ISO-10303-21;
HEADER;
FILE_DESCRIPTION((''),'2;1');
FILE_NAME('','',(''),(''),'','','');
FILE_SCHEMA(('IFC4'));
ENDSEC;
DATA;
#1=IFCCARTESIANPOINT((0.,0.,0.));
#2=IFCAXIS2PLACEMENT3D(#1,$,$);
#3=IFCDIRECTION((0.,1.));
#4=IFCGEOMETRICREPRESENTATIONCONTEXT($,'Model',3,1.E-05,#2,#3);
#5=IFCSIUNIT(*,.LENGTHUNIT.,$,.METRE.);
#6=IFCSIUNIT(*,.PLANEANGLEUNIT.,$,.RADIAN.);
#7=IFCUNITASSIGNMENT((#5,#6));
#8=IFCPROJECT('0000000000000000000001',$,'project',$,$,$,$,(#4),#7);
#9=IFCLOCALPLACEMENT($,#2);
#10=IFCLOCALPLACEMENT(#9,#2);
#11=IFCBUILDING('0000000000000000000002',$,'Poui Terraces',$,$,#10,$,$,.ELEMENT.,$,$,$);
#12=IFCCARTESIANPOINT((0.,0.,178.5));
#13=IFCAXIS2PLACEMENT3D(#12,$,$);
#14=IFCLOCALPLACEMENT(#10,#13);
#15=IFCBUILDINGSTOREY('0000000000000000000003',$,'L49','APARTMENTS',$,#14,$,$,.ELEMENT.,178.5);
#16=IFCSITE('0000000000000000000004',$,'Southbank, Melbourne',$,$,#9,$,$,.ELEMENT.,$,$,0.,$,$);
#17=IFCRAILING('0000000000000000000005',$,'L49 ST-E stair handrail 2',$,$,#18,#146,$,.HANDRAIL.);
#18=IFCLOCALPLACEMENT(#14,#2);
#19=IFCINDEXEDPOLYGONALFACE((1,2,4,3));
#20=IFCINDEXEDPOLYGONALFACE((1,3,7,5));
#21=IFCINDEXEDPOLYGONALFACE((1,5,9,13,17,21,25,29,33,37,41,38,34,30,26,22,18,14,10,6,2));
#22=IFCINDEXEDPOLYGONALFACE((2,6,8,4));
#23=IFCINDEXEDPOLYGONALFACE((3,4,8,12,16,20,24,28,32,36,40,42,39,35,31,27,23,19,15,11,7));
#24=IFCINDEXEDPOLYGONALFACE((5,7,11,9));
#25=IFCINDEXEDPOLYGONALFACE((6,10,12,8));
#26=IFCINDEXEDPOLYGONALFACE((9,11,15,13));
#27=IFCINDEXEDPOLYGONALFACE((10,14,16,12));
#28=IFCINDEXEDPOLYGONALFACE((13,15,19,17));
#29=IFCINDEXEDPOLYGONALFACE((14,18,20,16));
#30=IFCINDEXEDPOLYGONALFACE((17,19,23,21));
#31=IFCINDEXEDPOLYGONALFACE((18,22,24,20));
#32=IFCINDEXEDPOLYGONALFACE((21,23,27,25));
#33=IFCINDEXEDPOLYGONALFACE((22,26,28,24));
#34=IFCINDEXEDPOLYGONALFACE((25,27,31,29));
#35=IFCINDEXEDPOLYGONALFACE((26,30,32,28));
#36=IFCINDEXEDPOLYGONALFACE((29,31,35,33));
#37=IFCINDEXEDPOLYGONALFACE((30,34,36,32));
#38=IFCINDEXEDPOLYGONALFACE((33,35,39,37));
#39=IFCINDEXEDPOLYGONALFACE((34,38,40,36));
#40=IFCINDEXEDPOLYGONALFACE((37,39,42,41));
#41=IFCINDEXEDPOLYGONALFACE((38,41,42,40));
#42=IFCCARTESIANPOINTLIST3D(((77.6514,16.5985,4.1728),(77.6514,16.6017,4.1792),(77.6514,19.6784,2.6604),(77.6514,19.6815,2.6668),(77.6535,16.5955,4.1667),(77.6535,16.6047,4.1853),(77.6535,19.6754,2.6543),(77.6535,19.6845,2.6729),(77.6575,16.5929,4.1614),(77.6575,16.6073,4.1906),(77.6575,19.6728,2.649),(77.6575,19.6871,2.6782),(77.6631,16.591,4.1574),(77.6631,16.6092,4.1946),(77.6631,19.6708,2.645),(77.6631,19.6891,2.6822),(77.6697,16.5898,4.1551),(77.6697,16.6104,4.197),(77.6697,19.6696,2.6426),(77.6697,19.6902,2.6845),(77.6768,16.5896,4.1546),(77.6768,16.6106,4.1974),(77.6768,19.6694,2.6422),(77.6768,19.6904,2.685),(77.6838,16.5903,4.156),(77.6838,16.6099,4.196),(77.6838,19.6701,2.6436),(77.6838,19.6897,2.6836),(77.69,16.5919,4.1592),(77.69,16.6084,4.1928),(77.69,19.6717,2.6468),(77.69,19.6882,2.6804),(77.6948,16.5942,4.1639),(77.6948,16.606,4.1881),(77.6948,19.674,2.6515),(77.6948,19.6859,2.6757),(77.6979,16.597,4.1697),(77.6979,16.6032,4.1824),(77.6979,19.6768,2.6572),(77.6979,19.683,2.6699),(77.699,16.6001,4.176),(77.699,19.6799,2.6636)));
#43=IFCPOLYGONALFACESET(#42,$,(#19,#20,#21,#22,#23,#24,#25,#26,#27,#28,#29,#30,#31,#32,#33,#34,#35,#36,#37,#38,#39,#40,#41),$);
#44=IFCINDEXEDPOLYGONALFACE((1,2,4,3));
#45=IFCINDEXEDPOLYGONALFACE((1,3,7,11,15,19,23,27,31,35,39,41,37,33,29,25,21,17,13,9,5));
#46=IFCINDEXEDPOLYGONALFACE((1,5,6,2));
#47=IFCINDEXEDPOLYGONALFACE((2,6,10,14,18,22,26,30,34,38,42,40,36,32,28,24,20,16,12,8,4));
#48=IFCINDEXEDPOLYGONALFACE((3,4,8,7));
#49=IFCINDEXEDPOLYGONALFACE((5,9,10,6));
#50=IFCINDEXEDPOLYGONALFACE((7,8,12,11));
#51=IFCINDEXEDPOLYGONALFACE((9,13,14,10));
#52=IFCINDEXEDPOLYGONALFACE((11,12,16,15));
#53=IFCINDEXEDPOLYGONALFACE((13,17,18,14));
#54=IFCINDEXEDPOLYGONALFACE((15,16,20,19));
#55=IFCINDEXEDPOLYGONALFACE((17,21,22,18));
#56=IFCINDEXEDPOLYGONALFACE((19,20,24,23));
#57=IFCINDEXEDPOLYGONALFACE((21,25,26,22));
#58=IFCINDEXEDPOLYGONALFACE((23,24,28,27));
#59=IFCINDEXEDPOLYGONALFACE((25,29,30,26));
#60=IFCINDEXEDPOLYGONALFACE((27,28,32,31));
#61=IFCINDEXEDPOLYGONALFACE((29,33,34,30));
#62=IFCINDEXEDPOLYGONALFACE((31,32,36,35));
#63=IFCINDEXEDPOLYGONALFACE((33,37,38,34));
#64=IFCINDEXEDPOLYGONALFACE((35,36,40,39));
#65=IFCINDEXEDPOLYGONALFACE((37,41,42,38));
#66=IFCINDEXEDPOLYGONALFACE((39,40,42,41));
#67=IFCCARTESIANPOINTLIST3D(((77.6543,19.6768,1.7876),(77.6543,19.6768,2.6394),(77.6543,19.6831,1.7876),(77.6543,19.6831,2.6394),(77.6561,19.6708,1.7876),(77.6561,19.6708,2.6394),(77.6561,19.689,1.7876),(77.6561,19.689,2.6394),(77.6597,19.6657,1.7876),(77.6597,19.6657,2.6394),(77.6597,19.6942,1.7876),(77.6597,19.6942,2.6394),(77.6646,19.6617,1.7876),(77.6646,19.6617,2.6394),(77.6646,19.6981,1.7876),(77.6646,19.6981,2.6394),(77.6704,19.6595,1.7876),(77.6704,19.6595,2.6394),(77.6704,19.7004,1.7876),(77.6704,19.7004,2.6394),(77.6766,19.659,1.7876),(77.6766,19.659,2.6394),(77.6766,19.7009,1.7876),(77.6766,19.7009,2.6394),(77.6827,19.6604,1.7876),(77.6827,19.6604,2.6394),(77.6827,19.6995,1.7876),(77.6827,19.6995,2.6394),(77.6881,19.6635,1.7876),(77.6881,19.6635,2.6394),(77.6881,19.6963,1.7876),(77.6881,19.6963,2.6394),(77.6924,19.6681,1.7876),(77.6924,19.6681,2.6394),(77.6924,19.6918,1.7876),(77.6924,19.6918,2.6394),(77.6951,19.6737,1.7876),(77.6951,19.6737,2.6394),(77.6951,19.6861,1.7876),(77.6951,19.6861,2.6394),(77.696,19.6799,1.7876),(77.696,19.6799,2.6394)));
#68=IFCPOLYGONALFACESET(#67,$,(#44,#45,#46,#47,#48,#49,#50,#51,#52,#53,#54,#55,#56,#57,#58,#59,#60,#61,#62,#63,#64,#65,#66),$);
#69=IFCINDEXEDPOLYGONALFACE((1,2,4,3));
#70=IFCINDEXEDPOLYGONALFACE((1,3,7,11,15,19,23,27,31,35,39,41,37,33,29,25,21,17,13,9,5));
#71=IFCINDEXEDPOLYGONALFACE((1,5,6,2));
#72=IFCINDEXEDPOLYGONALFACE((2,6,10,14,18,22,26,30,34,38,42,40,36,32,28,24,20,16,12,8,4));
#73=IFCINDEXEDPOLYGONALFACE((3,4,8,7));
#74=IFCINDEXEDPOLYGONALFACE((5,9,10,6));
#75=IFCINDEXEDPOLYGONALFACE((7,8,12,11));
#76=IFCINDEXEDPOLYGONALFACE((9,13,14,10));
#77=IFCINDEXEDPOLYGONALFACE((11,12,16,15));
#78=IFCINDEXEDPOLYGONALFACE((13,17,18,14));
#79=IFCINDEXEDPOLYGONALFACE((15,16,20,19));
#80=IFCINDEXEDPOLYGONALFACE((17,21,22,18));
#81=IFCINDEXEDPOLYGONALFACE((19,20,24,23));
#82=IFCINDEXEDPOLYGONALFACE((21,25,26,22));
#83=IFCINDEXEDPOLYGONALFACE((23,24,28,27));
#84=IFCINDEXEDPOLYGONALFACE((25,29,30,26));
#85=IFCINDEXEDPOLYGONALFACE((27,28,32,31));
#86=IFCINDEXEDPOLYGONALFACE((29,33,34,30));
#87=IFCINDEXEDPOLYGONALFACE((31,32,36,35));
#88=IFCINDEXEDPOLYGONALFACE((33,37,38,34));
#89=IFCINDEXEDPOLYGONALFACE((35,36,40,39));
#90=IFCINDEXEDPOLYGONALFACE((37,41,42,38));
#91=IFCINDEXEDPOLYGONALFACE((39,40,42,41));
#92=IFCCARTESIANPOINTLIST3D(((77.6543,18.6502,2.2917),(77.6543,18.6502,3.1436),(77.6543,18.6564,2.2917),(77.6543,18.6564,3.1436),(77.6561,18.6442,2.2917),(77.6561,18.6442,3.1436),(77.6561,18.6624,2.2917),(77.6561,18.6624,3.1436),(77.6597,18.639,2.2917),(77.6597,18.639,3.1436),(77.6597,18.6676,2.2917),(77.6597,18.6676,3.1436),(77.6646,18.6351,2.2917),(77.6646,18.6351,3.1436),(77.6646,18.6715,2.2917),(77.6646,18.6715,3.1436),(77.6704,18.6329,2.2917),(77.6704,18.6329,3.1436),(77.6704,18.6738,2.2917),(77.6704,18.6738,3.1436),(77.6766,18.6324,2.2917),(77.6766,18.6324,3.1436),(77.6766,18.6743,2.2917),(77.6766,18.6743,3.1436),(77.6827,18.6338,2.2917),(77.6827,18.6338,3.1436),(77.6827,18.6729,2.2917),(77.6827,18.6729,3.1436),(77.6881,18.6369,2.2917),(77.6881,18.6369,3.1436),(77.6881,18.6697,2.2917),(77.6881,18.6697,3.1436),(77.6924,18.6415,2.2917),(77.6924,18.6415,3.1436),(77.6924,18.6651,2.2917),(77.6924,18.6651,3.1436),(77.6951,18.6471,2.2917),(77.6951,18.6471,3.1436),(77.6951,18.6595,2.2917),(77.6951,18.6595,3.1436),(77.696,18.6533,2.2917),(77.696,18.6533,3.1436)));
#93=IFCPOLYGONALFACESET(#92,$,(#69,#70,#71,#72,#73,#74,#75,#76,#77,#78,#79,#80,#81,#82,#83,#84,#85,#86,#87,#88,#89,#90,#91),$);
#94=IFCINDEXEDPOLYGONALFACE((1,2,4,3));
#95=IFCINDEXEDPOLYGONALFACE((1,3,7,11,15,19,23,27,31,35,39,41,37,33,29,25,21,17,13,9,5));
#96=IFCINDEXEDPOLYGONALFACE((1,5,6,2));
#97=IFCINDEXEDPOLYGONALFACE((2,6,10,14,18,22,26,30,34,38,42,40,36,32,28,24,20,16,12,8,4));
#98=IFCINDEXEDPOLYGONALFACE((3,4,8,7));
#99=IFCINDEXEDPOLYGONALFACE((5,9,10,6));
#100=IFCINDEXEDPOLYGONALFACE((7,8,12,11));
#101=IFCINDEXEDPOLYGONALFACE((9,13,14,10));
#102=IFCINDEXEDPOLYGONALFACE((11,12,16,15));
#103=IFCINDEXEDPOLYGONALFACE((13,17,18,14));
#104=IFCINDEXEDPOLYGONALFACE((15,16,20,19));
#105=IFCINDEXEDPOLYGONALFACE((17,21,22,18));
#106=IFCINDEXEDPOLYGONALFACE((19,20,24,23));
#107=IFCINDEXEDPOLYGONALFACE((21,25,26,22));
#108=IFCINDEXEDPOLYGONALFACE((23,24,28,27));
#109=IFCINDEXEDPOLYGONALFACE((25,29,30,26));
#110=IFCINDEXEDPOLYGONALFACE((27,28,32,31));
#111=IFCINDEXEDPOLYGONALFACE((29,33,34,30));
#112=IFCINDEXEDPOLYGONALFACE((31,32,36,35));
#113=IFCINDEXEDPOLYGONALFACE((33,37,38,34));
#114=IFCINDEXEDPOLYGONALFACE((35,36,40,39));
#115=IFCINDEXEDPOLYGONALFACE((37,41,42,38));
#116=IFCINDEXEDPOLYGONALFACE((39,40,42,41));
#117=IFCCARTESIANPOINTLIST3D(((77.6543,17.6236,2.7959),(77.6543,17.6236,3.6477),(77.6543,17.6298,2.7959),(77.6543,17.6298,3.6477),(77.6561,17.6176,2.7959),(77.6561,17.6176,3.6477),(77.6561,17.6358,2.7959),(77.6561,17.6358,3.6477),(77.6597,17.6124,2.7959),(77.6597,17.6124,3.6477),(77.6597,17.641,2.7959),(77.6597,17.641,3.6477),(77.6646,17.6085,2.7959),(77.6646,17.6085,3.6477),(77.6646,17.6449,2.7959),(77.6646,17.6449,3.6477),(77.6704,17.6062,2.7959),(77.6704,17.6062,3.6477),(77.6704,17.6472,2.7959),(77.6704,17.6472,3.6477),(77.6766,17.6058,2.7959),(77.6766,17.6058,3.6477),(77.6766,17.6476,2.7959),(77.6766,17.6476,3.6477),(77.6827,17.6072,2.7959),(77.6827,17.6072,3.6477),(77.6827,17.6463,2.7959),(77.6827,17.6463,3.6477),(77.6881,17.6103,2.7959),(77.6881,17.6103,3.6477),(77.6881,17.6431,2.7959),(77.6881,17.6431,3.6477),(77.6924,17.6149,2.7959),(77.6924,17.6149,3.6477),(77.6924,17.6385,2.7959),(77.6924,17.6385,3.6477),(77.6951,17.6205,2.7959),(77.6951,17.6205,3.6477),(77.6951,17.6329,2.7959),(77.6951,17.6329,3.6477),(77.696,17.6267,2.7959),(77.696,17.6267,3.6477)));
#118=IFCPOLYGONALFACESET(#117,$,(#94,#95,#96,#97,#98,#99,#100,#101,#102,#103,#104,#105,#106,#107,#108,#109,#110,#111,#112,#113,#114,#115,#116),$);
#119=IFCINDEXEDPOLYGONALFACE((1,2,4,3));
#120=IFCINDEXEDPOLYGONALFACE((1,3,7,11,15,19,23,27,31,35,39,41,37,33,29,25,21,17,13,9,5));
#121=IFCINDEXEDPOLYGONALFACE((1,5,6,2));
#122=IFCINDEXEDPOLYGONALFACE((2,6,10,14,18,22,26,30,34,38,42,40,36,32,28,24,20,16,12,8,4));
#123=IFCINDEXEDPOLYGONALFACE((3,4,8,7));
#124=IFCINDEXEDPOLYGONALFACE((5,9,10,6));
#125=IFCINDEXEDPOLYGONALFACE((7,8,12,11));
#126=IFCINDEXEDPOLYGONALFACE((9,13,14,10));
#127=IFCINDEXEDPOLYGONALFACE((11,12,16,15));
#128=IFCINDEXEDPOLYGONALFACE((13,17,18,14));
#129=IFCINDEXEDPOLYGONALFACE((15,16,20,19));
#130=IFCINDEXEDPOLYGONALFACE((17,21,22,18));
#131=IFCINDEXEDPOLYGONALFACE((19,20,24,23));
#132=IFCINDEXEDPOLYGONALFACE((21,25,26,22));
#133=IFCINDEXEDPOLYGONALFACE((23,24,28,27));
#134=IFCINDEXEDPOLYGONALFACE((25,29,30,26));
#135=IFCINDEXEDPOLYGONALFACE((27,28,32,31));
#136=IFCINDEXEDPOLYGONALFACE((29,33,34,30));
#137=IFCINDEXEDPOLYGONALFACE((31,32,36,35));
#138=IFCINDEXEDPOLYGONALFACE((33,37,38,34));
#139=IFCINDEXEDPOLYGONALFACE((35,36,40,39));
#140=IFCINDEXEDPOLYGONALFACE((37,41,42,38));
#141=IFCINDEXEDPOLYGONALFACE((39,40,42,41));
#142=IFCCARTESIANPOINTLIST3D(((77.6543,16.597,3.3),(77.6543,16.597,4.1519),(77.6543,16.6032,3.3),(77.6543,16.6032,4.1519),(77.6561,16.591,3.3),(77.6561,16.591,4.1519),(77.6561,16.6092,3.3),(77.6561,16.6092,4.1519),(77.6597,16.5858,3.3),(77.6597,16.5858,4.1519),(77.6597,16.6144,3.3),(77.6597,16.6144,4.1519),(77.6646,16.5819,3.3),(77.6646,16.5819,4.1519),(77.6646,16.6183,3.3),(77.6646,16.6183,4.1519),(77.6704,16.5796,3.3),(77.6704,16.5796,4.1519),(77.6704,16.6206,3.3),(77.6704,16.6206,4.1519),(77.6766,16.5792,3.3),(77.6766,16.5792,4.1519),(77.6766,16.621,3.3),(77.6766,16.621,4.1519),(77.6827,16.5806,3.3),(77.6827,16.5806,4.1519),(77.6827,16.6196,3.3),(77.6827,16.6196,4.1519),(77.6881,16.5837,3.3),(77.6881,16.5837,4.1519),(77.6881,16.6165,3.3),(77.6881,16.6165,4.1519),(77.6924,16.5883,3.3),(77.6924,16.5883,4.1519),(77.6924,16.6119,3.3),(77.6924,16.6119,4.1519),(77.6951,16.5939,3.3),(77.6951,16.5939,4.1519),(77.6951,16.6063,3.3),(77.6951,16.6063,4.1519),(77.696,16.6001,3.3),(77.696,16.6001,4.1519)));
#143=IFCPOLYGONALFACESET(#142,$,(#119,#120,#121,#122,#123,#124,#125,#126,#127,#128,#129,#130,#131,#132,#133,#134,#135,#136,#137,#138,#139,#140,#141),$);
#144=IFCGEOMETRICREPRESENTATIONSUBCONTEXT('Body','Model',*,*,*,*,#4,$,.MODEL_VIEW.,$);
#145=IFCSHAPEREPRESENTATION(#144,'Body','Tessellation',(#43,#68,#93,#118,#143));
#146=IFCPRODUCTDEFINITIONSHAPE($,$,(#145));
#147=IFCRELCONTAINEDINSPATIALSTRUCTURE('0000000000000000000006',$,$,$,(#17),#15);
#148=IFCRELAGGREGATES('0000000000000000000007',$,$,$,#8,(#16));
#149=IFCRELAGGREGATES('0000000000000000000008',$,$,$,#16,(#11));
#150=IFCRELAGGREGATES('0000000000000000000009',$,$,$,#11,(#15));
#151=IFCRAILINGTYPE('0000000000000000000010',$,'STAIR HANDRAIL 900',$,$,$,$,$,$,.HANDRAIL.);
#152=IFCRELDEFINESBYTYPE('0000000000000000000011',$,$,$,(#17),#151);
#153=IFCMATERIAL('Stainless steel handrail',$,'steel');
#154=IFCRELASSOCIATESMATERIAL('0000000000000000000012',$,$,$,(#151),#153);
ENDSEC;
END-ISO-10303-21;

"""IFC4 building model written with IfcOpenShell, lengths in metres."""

from ifc_helpers import new_model, si_unit, direction, frame, origin, origin_2d, place, context, subcontext, project, spatial, circle, extrude, material, type_object, element, save


model = new_model("IFC4")

# Units and contexts
model_context = context("Model", 3, precision=1e-05, world=origin(), true_north=direction((0.0, 1.0)))
body_context = subcontext(model_context, "Body", "Model", "MODEL_VIEW")
ifc_project = project(units=[si_unit("LENGTHUNIT", "METRE"), si_unit("PLANEANGLEUNIT", "RADIAN")], contexts=[model_context])

# Site, building, storey
site_placement = place(None, origin())
site = spatial("IfcSite", under=ifc_project, at=site_placement, Name="Southbank, Melbourne", CompositionType="ELEMENT", RefElevation=0.0)
building_placement = place(site_placement, origin())
building = spatial("IfcBuilding", under=site, at=building_placement, Name="Poui Terraces", CompositionType="ELEMENT")
storey_placement = place(building_placement, frame((0.0, 0.0, 178.5)))
storey = spatial("IfcBuildingStorey", under=building, at=storey_placement, Name="L49", Description="APARTMENTS", CompositionType="ELEMENT", Elevation=178.5)

# Railing
ifc_material_1 = material(Name="Stainless steel handrail", Category="steel")
railing_type_1 = type_object("IfcRailingType", Name="STAIR HANDRAIL 900", PredefinedType="HANDRAIL", material=ifc_material_1)
railing_1_placement = place(storey_placement, frame((77.675, 19.6799, 1.7876)))
element("IfcRailing", 1, at=railing_1_placement, inside=storey, type_object=railing_type_1, Name="L49 ST-E stair handrail 2", PredefinedType="HANDRAIL", context=body_context, shape_type="SweptSolid", body=[
    extrude(circle(Radius=0.0239, at=origin_2d()), frame((0.0, 0.0, 0.876), z_axis=(0.0, -0.897606, 0.440798), x_axis=(1.0, 0.0, 0.0)), (0.0, 0.0, 1.0), 3.4312),
    extrude(circle(Radius=0.021, at=origin_2d()), origin(), (0.0, 0.0, 1.0), 0.8518),
    extrude(circle(Radius=0.021, at=origin_2d()), frame((0.0, -1.0266, 0.5042)), (0.0, 0.0, 1.0), 0.8518),
    extrude(circle(Radius=0.021, at=origin_2d()), frame((0.0, -2.0532, 1.0083)), (0.0, 0.0, 1.0), 0.8518),
    extrude(circle(Radius=0.021, at=origin_2d()), frame((0.0, -3.0798, 1.5125)), (0.0, 0.0, 1.0), 0.8518),
])

save(model, "model.ifc")
